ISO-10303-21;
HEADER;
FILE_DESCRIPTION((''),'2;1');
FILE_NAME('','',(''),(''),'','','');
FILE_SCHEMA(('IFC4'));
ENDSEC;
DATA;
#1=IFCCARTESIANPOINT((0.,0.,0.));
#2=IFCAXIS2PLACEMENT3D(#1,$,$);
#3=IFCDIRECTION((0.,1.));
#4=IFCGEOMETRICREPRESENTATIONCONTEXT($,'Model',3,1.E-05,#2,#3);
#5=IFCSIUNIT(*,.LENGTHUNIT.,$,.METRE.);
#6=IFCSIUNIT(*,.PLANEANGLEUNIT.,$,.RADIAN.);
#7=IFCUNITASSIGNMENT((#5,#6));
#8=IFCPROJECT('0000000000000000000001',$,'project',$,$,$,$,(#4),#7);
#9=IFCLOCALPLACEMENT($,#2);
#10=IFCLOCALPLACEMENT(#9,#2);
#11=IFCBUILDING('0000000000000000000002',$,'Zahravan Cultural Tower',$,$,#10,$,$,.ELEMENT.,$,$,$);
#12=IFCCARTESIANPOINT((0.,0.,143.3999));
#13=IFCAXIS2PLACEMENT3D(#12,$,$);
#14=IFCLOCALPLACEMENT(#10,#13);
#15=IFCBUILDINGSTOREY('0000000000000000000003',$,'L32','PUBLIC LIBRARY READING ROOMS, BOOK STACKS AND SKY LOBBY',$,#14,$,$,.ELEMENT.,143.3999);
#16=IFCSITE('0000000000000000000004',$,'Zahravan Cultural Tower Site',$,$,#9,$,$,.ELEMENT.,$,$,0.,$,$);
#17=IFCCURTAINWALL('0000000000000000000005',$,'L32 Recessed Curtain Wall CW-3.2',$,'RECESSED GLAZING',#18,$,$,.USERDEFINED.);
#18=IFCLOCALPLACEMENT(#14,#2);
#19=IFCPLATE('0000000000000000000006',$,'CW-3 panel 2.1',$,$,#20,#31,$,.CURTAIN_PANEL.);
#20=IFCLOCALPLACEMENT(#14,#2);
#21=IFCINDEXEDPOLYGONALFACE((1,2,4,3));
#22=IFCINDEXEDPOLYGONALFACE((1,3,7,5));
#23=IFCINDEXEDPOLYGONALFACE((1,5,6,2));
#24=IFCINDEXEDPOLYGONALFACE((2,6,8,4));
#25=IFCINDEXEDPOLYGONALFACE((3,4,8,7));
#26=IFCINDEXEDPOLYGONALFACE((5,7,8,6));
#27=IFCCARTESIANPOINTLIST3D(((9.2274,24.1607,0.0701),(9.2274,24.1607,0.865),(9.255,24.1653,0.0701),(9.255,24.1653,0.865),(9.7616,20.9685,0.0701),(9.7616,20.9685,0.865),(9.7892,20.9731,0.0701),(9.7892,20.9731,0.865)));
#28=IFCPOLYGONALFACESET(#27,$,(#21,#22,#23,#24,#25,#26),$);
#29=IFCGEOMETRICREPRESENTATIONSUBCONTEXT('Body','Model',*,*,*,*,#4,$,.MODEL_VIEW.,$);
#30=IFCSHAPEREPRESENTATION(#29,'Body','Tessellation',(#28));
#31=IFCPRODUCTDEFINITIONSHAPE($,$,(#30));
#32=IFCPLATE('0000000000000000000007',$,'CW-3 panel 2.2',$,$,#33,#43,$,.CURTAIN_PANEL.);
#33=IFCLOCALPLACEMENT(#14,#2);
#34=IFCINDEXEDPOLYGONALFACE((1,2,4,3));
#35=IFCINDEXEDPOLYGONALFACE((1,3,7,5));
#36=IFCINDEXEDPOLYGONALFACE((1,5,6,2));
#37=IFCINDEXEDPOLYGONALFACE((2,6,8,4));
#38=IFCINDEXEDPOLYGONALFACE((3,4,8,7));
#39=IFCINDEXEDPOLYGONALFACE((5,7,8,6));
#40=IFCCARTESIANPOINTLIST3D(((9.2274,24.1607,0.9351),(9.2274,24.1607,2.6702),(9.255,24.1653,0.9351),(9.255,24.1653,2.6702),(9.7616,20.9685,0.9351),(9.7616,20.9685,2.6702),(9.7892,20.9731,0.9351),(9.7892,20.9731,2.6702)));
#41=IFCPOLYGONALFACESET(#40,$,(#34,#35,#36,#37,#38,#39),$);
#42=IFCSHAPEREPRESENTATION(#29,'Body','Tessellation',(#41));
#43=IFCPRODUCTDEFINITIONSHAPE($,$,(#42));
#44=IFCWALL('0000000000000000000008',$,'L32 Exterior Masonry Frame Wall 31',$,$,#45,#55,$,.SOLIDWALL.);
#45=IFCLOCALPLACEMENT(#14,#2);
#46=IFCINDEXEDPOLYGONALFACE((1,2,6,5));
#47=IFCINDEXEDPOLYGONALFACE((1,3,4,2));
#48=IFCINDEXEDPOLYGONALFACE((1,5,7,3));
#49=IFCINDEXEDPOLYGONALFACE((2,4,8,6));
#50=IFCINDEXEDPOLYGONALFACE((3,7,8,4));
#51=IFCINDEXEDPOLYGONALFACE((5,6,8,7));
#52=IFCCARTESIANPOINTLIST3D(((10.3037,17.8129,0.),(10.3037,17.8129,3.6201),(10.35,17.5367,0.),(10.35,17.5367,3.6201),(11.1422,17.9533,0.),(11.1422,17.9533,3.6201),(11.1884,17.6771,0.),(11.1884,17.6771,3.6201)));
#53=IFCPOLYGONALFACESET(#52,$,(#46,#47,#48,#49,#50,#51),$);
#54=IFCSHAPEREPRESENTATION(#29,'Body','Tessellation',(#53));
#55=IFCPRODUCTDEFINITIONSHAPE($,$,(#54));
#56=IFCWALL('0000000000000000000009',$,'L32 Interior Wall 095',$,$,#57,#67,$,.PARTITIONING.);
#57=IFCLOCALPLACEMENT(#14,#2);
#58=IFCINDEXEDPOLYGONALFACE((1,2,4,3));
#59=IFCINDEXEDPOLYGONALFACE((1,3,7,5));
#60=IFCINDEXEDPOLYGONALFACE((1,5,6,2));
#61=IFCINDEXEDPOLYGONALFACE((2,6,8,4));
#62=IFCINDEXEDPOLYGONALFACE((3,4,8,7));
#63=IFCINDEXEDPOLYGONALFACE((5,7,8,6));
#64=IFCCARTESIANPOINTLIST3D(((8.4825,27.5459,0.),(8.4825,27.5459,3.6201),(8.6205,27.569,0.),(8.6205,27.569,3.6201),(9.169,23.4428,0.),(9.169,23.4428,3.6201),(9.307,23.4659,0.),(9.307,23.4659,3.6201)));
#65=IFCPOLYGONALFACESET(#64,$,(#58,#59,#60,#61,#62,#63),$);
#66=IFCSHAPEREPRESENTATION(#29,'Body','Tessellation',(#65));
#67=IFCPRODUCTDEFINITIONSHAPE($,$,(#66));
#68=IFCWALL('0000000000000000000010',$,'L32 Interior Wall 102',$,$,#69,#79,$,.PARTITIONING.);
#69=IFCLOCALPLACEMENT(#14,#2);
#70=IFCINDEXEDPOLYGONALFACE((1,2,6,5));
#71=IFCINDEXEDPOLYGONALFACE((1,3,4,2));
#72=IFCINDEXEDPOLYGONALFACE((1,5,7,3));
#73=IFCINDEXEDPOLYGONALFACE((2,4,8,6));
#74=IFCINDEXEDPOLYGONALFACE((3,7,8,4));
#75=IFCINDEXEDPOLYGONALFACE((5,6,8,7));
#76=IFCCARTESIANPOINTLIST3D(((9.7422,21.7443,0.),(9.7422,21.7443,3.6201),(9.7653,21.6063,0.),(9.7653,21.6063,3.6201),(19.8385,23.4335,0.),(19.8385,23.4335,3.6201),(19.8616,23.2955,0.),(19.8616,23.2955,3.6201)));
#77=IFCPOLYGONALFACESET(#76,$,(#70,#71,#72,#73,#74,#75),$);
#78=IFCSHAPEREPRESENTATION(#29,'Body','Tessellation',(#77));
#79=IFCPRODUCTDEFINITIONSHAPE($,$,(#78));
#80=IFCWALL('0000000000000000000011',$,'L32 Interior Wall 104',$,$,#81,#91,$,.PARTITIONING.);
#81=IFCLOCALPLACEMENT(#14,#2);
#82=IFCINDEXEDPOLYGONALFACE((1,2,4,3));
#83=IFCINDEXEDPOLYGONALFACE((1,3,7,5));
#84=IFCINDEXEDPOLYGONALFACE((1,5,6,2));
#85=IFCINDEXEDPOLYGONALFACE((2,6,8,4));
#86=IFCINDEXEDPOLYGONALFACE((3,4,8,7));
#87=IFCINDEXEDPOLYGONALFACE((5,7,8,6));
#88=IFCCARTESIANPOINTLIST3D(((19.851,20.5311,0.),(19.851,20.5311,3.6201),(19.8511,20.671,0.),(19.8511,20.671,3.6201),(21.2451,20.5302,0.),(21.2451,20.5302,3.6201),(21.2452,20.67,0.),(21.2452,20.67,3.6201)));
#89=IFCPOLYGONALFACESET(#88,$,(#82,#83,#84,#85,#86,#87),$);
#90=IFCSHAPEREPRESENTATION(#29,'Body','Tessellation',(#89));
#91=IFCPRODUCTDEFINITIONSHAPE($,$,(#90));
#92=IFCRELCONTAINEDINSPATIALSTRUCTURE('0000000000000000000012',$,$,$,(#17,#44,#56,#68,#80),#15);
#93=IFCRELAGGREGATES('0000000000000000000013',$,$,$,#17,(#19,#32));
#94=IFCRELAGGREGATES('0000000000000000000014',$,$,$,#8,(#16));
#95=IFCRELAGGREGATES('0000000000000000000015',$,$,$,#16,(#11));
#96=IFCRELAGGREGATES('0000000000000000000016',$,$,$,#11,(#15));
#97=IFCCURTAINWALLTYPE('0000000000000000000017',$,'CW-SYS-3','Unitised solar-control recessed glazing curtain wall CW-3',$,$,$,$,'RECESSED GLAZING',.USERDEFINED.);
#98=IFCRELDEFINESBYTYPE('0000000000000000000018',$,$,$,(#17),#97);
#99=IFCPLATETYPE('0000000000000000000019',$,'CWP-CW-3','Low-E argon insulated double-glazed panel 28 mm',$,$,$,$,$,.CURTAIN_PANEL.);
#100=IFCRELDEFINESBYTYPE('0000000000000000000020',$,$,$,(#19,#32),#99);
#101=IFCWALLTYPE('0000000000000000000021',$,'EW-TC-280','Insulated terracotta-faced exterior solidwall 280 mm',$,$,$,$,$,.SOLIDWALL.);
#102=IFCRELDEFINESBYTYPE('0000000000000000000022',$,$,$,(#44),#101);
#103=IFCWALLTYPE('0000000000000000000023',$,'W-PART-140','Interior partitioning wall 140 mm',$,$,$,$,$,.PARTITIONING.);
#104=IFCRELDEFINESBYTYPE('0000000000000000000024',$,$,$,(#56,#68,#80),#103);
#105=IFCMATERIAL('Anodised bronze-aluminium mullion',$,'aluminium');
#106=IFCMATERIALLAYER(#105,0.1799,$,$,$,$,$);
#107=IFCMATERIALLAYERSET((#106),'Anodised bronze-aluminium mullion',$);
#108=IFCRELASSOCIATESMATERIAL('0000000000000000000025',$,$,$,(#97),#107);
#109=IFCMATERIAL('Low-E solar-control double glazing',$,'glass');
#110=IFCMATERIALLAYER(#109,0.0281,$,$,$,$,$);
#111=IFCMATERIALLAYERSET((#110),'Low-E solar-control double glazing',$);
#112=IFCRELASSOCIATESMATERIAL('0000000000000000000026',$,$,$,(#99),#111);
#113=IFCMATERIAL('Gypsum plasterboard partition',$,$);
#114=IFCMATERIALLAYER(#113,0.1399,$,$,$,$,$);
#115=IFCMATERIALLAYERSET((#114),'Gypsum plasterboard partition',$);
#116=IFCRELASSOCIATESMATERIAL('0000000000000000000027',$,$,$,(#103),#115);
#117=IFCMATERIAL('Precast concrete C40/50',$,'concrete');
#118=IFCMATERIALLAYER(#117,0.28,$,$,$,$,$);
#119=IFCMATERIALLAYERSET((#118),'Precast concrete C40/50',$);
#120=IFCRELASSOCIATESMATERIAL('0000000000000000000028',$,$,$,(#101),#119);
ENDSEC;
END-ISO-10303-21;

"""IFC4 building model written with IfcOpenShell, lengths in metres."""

from ifc_helpers import new_model, si_unit, direction, frame, frame_2d, origin, origin_2d, place, context, subcontext, project, spatial, rectangle, extrude, source, transform, mapped, material, layer, layer_set, type_object, element, aggregate, save


model = new_model("IFC4")

# Units and contexts
model_context = context("Model", 3, precision=1e-05, world=origin(), true_north=direction((0.0, 1.0)))
body_context = subcontext(model_context, "Body", "Model", "MODEL_VIEW")
ifc_project = project(units=[si_unit("LENGTHUNIT", "METRE"), si_unit("PLANEANGLEUNIT", "RADIAN")], contexts=[model_context])

# Site, building, storey
site_placement = place(None, origin())
site = spatial("IfcSite", under=ifc_project, at=site_placement, Name="Zahravan Cultural Tower Site", CompositionType="ELEMENT", RefElevation=0.0)
building_placement = place(site_placement, origin())
building = spatial("IfcBuilding", under=site, at=building_placement, Name="Zahravan Cultural Tower", CompositionType="ELEMENT")
storey_placement = place(building_placement, frame((0.0, 0.0, 143.3999)))
storey = spatial("IfcBuildingStorey", under=building, at=storey_placement, Name="L32", Description="PUBLIC LIBRARY READING ROOMS, BOOK STACKS AND SKY LOBBY", CompositionType="ELEMENT", Elevation=143.3999)

# Curtain wall, plates
ifc_material_1 = material(Name="Anodised bronze-aluminium mullion", Category="aluminium")
ifc_layer_1 = layer(ifc_material_1, 0.1799)
ifc_layer_set_1 = layer_set([ifc_layer_1], Name="Anodised bronze-aluminium mullion")
curtain_wall_type = type_object("IfcCurtainWallType", Name="CW-SYS-3", Description="Unitised solar-control recessed glazing curtain wall CW-3", ElementType="RECESSED GLAZING", PredefinedType="USERDEFINED", material=ifc_layer_set_1)
curtain_wall_placement = place(storey_placement, origin())
curtain_wall = element("IfcCurtainWall", 1, at=curtain_wall_placement, inside=storey, type_object=curtain_wall_type, Name="L32 Recessed Curtain Wall CW-3.2", ObjectType="RECESSED GLAZING", PredefinedType="USERDEFINED")
ifc_material_2 = material(Name="Low-E solar-control double glazing", Category="glass")
ifc_layer_2 = layer(ifc_material_2, 0.0281)
ifc_layer_set_2 = layer_set([ifc_layer_2], Name="Low-E solar-control double glazing")
plate_type = type_object("IfcPlateType", Name="CWP-CW-3", Description="Low-E argon insulated double-glazed panel 28 mm", PredefinedType="CURTAIN_PANEL", material=ifc_layer_set_2)
shared_shape_1 = source(origin(), body_context, "Body", "SweptSolid", [
    extrude(rectangle(XDim=3.2366, YDim=0.0281, at=origin_2d()), origin(), (0.0, 0.0, 1.0), 0.7949),
])
plate_1_placement = place(storey_placement, frame((9.5083, 22.5669, 0.0701), z_axis=(0.0, 0.0, 1.0), x_axis=(-0.165051, 0.986285, 0.0)))
plate_1 = element("IfcPlate", 2, at=plate_1_placement, type_object=plate_type, Name="CW-3 panel 2.1", PredefinedType="CURTAIN_PANEL", context=body_context, shape_type="MappedRepresentation", body=[
    mapped(shared_shape_1, transform((0.0, 0.0, 0.0), x_axis=(1.0, 0.0, 0.0), y_axis=(0.0, 1.0, 0.0), z_axis=(0.0, 0.0, 1.0), scale=1.0)),
])
shared_shape_2 = source(origin(), body_context, "Body", "SweptSolid", [
    extrude(rectangle(XDim=3.2366, YDim=0.0281, at=origin_2d()), origin(), (0.0, 0.0, 1.0), 1.7351),
])
plate_2_placement = place(storey_placement, frame((9.5083, 22.5669, 0.9351), z_axis=(0.0, 0.0, 1.0), x_axis=(-0.165051, 0.986285, 0.0)))
plate_2 = element("IfcPlate", 3, at=plate_2_placement, type_object=plate_type, Name="CW-3 panel 2.2", PredefinedType="CURTAIN_PANEL", context=body_context, shape_type="MappedRepresentation", body=[
    mapped(shared_shape_2, transform((0.0, 0.0, 0.0), x_axis=(1.0, 0.0, 0.0), y_axis=(0.0, 1.0, 0.0), z_axis=(0.0, 0.0, 1.0), scale=1.0)),
])
aggregate(curtain_wall, [plate_1, plate_2])

# Shared definitions
ifc_material_3 = material(Name="Gypsum plasterboard partition")
ifc_layer_3 = layer(ifc_material_3, 0.1399)
ifc_layer_set_3 = layer_set([ifc_layer_3], Name="Gypsum plasterboard partition")
wall_type_1 = type_object("IfcWallType", Name="W-PART-140", Description="Interior partitioning wall 140 mm", PredefinedType="PARTITIONING", material=ifc_layer_set_3)

# Walls
ifc_material_4 = material(Name="Precast concrete C40/50", Category="concrete")
ifc_layer_4 = layer(ifc_material_4, 0.28)
ifc_layer_set_4 = layer_set([ifc_layer_4], Name="Precast concrete C40/50")
wall_type_2 = type_object("IfcWallType", Name="EW-TC-280", Description="Insulated terracotta-faced exterior solidwall 280 mm", PredefinedType="SOLIDWALL", material=ifc_layer_set_4)
shared_shape_3 = source(origin(), body_context, "Body", "SweptSolid", [
    extrude(rectangle(XDim=0.8501, YDim=0.28, at=frame_2d((0.425, 0.0))), origin(), (0.0, 0.0, 1.0), 3.6201),
])
wall_1_placement = place(storey_placement, frame((11.1653, 17.8152, 0.0), z_axis=(0.0, 0.0, 1.0), x_axis=(-0.986269, -0.165144, 0.0)))
element("IfcWall", 4, at=wall_1_placement, inside=storey, type_object=wall_type_2, Name="L32 Exterior Masonry Frame Wall 31", PredefinedType="SOLIDWALL", context=body_context, shape_type="MappedRepresentation", body=[
    mapped(shared_shape_3, transform((0.0, 0.0, 0.0), x_axis=(1.0, 0.0, 0.0), y_axis=(0.0, 1.0, 0.0), z_axis=(0.0, 0.0, 1.0), scale=1.0)),
])
shared_shape_4 = source(origin(), body_context, "Body", "SweptSolid", [
    extrude(rectangle(XDim=4.1602, YDim=0.1399, at=frame_2d((2.0801, 0.0))), origin(), (0.0, 0.0, 1.0), 3.6201),
])
wall_2_placement = place(storey_placement, frame((9.238, 23.4543, 0.0), z_axis=(0.0, 0.0, 1.0), x_axis=(-0.165027, 0.986289, 0.0)))
element("IfcWall", 5, at=wall_2_placement, inside=storey, type_object=wall_type_1, Name="L32 Interior Wall 095", PredefinedType="PARTITIONING", context=body_context, shape_type="MappedRepresentation", body=[
    mapped(shared_shape_4, transform((0.0, 0.0, 0.0), x_axis=(1.0, 0.0, 0.0), y_axis=(0.0, 1.0, 0.0), z_axis=(0.0, 0.0, 1.0), scale=1.0)),
])
shared_shape_5 = source(origin(), body_context, "Body", "SweptSolid", [
    extrude(rectangle(XDim=10.2366, YDim=0.1399, at=frame_2d((5.1182, 0.0))), origin(), (0.0, 0.0, 1.0), 3.6201),
])
wall_3_placement = place(storey_placement, frame((9.7539, 21.6753, 0.0), z_axis=(0.0, 0.0, 1.0), x_axis=(0.986291, 0.165018, 0.0)))
element("IfcWall", 6, at=wall_3_placement, inside=storey, type_object=wall_type_1, Name="L32 Interior Wall 102", PredefinedType="PARTITIONING", context=body_context, shape_type="MappedRepresentation", body=[
    mapped(shared_shape_5, transform((0.0, 0.0, 0.0), x_axis=(1.0, 0.0, 0.0), y_axis=(0.0, 1.0, 0.0), z_axis=(0.0, 0.0, 1.0), scale=1.0)),
])
shared_shape_6 = source(origin(), body_context, "Body", "SweptSolid", [
    extrude(rectangle(XDim=1.394, YDim=0.1399, at=frame_2d((0.697, 0.0))), origin(), (0.0, 0.0, 1.0), 3.6201),
])
wall_4_placement = place(storey_placement, frame((19.8511, 20.6011, 0.0), z_axis=(0.0, 0.0, 1.0), x_axis=(1.0, -0.000701, 0.0)))
element("IfcWall", 7, at=wall_4_placement, inside=storey, type_object=wall_type_1, Name="L32 Interior Wall 104", PredefinedType="PARTITIONING", context=body_context, shape_type="MappedRepresentation", body=[
    mapped(shared_shape_6, transform((0.0, 0.0, 0.0), x_axis=(1.0, 0.0, 0.0), y_axis=(0.0, 1.0, 0.0), z_axis=(0.0, 0.0, 1.0), scale=1.0)),
])

save(model, "model.ifc")
